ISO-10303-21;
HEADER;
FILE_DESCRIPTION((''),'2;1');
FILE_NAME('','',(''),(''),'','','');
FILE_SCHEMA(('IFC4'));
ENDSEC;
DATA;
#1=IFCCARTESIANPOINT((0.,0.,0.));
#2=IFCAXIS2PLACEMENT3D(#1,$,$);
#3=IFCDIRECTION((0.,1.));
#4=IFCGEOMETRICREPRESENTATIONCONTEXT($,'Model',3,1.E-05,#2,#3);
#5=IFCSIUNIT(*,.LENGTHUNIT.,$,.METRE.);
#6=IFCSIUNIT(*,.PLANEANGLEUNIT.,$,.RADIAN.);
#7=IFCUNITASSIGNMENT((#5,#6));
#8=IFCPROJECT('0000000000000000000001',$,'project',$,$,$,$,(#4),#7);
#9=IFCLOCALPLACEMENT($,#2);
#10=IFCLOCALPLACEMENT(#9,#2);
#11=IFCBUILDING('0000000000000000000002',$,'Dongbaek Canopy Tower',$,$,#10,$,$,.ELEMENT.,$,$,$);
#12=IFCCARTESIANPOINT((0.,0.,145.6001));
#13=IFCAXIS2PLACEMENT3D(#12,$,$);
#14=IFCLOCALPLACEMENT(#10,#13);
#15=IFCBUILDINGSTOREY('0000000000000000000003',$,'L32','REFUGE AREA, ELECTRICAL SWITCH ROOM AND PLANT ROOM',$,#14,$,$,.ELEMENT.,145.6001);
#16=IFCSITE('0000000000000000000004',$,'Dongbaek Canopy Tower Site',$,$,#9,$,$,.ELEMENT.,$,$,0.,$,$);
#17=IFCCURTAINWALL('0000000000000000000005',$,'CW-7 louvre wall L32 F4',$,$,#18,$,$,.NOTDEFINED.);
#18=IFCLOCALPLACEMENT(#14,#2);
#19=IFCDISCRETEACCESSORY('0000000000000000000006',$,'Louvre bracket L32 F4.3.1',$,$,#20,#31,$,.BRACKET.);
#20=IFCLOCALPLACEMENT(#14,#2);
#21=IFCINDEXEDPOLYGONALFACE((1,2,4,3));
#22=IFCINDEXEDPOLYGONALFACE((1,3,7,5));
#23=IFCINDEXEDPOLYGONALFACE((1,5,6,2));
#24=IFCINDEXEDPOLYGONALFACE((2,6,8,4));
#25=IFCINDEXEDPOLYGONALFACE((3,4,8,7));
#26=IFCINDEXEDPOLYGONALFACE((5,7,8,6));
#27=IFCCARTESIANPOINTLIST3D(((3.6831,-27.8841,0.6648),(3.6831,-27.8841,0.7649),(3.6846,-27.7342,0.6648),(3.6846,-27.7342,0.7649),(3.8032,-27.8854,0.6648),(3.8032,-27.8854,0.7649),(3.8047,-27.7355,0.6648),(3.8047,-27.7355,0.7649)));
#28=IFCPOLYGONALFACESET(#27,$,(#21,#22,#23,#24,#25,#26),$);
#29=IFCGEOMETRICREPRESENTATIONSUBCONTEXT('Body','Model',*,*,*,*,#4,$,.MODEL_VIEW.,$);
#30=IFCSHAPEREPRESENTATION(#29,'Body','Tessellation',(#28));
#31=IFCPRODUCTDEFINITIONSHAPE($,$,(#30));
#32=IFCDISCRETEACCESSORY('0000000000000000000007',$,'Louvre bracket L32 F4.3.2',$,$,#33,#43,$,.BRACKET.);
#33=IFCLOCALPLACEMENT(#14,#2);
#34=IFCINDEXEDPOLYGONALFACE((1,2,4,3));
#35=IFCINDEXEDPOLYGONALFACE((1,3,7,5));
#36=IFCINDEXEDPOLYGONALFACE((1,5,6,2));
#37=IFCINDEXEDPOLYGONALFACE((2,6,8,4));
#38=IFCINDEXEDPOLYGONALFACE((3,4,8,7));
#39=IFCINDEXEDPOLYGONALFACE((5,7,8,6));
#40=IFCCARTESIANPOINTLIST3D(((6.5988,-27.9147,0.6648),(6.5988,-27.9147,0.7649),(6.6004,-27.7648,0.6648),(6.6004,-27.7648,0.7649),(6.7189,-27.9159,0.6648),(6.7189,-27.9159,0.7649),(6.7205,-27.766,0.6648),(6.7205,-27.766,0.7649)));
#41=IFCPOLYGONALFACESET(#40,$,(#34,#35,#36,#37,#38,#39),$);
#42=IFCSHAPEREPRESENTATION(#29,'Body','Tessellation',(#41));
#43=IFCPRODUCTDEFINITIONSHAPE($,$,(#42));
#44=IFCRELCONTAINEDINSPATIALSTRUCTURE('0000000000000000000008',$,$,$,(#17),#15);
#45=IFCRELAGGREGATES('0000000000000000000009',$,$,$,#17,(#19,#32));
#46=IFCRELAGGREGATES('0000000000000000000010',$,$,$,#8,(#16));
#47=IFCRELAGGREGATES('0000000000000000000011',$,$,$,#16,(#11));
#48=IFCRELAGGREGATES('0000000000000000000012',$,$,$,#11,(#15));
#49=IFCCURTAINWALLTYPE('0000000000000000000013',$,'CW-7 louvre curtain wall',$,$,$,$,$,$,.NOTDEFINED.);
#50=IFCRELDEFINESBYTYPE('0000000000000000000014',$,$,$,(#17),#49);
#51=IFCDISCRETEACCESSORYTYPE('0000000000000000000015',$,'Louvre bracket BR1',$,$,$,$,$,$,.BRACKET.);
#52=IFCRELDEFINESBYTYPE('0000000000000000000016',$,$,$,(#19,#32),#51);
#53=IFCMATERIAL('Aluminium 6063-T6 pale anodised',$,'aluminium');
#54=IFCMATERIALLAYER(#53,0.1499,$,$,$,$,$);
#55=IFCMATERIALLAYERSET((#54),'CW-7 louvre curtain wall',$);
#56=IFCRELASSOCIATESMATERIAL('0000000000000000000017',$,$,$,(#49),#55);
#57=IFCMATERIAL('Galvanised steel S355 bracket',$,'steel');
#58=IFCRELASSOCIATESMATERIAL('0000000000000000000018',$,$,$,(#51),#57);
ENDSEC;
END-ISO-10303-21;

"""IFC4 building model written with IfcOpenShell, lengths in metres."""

from ifc_helpers import new_model, si_unit, direction, frame, origin, origin_2d, place, context, subcontext, project, spatial, rectangle, extrude, material, layer, layer_set, type_object, element, aggregate, save


model = new_model("IFC4")

# Units and contexts
model_context = context("Model", 3, precision=1e-05, world=origin(), true_north=direction((0.0, 1.0)))
body_context = subcontext(model_context, "Body", "Model", "MODEL_VIEW")
ifc_project = project(units=[si_unit("LENGTHUNIT", "METRE"), si_unit("PLANEANGLEUNIT", "RADIAN")], contexts=[model_context])

# Site, building, storey
site_placement = place(None, origin())
site = spatial("IfcSite", under=ifc_project, at=site_placement, Name="Dongbaek Canopy Tower Site", CompositionType="ELEMENT", RefElevation=0.0)
building_placement = place(site_placement, origin())
building = spatial("IfcBuilding", under=site, at=building_placement, Name="Dongbaek Canopy Tower", CompositionType="ELEMENT")
storey_placement = place(building_placement, frame((0.0, 0.0, 145.6001)))
storey = spatial("IfcBuildingStorey", under=building, at=storey_placement, Name="L32", Description="REFUGE AREA, ELECTRICAL SWITCH ROOM AND PLANT ROOM", CompositionType="ELEMENT", Elevation=145.6001)

# Curtain wall
ifc_material_1 = material(Name="Aluminium 6063-T6 pale anodised", Category="aluminium")
ifc_layer_1 = layer(ifc_material_1, 0.1499)
ifc_layer_set_1 = layer_set([ifc_layer_1], Name="CW-7 louvre curtain wall")
curtain_wall_type = type_object("IfcCurtainWallType", Name="CW-7 louvre curtain wall", PredefinedType="NOTDEFINED", material=ifc_layer_set_1)
curtain_wall_placement = place(storey_placement, origin())
curtain_wall = element("IfcCurtainWall", 1, at=curtain_wall_placement, inside=storey, type_object=curtain_wall_type, Name="CW-7 louvre wall L32 F4", PredefinedType="NOTDEFINED")

# Discrete accessories
ifc_material_2 = material(Name="Galvanised steel S355 bracket", Category="steel")
discrete_accessory_type = type_object("IfcDiscreteAccessoryType", Name="Louvre bracket BR1", PredefinedType="BRACKET", material=ifc_material_2)
discrete_accessory_1_placement = place(storey_placement, frame((3.7439, -27.8098, 0.6648), z_axis=(0.0, 0.0, 1.0), x_axis=(0.999946, -0.010401, 0.0)))
discrete_accessory_1 = element("IfcDiscreteAccessory", 2, at=discrete_accessory_1_placement, type_object=discrete_accessory_type, Name="Louvre bracket L32 F4.3.1", PredefinedType="BRACKET", context=body_context, shape_type="SweptSolid", body=[
    extrude(rectangle(XDim=0.1201, YDim=0.1499, at=origin_2d()), origin(), (0.0, 0.0, 1.0), 0.1001),
])
discrete_accessory_2_placement = place(storey_placement, frame((6.6597, -27.8403, 0.6648), z_axis=(0.0, 0.0, 1.0), x_axis=(0.999946, -0.010401, 0.0)))
discrete_accessory_2 = element("IfcDiscreteAccessory", 3, at=discrete_accessory_2_placement, type_object=discrete_accessory_type, Name="Louvre bracket L32 F4.3.2", PredefinedType="BRACKET", context=body_context, shape_type="SweptSolid", body=[
    extrude(rectangle(XDim=0.1201, YDim=0.1499, at=origin_2d()), origin(), (0.0, 0.0, 1.0), 0.1001),
])
aggregate(curtain_wall, [discrete_accessory_1, discrete_accessory_2])

save(model, "model.ifc")
